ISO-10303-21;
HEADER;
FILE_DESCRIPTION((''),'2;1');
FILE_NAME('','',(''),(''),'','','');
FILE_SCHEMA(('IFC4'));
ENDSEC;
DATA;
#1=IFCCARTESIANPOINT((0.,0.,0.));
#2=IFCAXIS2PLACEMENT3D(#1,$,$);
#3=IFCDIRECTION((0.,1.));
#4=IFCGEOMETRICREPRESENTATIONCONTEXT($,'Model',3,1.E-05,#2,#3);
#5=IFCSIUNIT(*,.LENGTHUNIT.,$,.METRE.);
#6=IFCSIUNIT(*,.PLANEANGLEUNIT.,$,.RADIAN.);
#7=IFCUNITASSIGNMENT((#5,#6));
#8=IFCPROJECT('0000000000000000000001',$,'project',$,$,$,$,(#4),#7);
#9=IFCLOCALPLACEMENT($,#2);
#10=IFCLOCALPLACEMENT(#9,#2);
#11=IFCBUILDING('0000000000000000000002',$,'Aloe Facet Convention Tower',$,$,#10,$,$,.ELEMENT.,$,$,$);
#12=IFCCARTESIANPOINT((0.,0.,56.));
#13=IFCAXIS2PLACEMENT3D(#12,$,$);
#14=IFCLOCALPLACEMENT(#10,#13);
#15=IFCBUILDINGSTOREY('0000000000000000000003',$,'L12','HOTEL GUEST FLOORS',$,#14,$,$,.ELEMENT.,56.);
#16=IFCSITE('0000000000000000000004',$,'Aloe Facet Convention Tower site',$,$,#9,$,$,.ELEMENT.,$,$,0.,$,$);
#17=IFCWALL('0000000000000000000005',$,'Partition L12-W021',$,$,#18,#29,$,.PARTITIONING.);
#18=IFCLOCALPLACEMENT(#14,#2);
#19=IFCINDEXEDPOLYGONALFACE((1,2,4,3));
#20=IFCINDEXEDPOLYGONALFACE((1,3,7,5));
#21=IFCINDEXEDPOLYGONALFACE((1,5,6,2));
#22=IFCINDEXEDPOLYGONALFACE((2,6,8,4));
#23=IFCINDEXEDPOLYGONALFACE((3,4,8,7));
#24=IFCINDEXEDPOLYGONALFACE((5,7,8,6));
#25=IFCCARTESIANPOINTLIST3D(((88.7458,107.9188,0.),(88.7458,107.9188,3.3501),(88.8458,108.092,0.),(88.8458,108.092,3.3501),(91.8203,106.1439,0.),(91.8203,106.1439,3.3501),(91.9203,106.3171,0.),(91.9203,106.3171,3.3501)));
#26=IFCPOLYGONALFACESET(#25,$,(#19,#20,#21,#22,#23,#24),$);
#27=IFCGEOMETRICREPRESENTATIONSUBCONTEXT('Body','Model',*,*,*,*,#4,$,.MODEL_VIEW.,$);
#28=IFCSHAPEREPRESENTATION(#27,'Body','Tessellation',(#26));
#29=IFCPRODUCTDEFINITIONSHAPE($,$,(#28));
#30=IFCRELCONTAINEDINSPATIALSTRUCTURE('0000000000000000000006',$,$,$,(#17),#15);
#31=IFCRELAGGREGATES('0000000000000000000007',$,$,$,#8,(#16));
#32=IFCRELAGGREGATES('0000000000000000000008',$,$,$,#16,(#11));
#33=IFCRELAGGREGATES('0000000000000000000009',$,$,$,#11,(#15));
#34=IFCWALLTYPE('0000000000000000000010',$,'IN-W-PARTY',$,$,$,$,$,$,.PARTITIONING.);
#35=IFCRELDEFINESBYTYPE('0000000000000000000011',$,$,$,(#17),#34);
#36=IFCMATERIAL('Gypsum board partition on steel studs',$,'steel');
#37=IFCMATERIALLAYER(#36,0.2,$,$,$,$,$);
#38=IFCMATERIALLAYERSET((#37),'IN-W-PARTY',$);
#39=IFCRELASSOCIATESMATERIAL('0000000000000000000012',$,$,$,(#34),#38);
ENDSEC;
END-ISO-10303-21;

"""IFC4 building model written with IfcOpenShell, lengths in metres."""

from ifc_helpers import new_model, si_unit, direction, frame, frame_2d, origin, place, context, subcontext, project, spatial, rectangle, extrude, material, layer, layer_set, type_object, element, save


model = new_model("IFC4")

# Units and contexts
model_context = context("Model", 3, precision=1e-05, world=origin(), true_north=direction((0.0, 1.0)))
body_context = subcontext(model_context, "Body", "Model", "MODEL_VIEW")
ifc_project = project(units=[si_unit("LENGTHUNIT", "METRE"), si_unit("PLANEANGLEUNIT", "RADIAN")], contexts=[model_context])

# Site, building, storey
site_placement = place(None, origin())
site = spatial("IfcSite", under=ifc_project, at=site_placement, Name="Aloe Facet Convention Tower site", CompositionType="ELEMENT", RefElevation=0.0)
building_placement = place(site_placement, origin())
building = spatial("IfcBuilding", under=site, at=building_placement, Name="Aloe Facet Convention Tower", CompositionType="ELEMENT")
storey_placement = place(building_placement, frame((0.0, 0.0, 56.0)))
storey = spatial("IfcBuildingStorey", under=building, at=storey_placement, Name="L12", Description="HOTEL GUEST FLOORS", CompositionType="ELEMENT", Elevation=56.0)

# Wall
ifc_material_1 = material(Name="Gypsum board partition on steel studs", Category="steel")
ifc_layer_1 = layer(ifc_material_1, 0.2)
ifc_layer_set_1 = layer_set([ifc_layer_1], Name="IN-W-PARTY")
wall_type_1 = type_object("IfcWallType", Name="IN-W-PARTY", PredefinedType="PARTITIONING", material=ifc_layer_set_1)
wall_1_placement = place(storey_placement, frame((88.7959, 108.0054, 0.0), z_axis=(0.0, 0.0, 1.0), x_axis=(0.866042, -0.49997, 0.0)))
element("IfcWall", 1, at=wall_1_placement, inside=storey, type_object=wall_type_1, Name="Partition L12-W021", PredefinedType="PARTITIONING", context=body_context, shape_type="SweptSolid", body=[
    extrude(rectangle(XDim=3.55, YDim=0.2, at=frame_2d((1.7749, 0.0))), origin(), (0.0, 0.0, 1.0), 3.3501),
])

save(model, "model.ifc")
